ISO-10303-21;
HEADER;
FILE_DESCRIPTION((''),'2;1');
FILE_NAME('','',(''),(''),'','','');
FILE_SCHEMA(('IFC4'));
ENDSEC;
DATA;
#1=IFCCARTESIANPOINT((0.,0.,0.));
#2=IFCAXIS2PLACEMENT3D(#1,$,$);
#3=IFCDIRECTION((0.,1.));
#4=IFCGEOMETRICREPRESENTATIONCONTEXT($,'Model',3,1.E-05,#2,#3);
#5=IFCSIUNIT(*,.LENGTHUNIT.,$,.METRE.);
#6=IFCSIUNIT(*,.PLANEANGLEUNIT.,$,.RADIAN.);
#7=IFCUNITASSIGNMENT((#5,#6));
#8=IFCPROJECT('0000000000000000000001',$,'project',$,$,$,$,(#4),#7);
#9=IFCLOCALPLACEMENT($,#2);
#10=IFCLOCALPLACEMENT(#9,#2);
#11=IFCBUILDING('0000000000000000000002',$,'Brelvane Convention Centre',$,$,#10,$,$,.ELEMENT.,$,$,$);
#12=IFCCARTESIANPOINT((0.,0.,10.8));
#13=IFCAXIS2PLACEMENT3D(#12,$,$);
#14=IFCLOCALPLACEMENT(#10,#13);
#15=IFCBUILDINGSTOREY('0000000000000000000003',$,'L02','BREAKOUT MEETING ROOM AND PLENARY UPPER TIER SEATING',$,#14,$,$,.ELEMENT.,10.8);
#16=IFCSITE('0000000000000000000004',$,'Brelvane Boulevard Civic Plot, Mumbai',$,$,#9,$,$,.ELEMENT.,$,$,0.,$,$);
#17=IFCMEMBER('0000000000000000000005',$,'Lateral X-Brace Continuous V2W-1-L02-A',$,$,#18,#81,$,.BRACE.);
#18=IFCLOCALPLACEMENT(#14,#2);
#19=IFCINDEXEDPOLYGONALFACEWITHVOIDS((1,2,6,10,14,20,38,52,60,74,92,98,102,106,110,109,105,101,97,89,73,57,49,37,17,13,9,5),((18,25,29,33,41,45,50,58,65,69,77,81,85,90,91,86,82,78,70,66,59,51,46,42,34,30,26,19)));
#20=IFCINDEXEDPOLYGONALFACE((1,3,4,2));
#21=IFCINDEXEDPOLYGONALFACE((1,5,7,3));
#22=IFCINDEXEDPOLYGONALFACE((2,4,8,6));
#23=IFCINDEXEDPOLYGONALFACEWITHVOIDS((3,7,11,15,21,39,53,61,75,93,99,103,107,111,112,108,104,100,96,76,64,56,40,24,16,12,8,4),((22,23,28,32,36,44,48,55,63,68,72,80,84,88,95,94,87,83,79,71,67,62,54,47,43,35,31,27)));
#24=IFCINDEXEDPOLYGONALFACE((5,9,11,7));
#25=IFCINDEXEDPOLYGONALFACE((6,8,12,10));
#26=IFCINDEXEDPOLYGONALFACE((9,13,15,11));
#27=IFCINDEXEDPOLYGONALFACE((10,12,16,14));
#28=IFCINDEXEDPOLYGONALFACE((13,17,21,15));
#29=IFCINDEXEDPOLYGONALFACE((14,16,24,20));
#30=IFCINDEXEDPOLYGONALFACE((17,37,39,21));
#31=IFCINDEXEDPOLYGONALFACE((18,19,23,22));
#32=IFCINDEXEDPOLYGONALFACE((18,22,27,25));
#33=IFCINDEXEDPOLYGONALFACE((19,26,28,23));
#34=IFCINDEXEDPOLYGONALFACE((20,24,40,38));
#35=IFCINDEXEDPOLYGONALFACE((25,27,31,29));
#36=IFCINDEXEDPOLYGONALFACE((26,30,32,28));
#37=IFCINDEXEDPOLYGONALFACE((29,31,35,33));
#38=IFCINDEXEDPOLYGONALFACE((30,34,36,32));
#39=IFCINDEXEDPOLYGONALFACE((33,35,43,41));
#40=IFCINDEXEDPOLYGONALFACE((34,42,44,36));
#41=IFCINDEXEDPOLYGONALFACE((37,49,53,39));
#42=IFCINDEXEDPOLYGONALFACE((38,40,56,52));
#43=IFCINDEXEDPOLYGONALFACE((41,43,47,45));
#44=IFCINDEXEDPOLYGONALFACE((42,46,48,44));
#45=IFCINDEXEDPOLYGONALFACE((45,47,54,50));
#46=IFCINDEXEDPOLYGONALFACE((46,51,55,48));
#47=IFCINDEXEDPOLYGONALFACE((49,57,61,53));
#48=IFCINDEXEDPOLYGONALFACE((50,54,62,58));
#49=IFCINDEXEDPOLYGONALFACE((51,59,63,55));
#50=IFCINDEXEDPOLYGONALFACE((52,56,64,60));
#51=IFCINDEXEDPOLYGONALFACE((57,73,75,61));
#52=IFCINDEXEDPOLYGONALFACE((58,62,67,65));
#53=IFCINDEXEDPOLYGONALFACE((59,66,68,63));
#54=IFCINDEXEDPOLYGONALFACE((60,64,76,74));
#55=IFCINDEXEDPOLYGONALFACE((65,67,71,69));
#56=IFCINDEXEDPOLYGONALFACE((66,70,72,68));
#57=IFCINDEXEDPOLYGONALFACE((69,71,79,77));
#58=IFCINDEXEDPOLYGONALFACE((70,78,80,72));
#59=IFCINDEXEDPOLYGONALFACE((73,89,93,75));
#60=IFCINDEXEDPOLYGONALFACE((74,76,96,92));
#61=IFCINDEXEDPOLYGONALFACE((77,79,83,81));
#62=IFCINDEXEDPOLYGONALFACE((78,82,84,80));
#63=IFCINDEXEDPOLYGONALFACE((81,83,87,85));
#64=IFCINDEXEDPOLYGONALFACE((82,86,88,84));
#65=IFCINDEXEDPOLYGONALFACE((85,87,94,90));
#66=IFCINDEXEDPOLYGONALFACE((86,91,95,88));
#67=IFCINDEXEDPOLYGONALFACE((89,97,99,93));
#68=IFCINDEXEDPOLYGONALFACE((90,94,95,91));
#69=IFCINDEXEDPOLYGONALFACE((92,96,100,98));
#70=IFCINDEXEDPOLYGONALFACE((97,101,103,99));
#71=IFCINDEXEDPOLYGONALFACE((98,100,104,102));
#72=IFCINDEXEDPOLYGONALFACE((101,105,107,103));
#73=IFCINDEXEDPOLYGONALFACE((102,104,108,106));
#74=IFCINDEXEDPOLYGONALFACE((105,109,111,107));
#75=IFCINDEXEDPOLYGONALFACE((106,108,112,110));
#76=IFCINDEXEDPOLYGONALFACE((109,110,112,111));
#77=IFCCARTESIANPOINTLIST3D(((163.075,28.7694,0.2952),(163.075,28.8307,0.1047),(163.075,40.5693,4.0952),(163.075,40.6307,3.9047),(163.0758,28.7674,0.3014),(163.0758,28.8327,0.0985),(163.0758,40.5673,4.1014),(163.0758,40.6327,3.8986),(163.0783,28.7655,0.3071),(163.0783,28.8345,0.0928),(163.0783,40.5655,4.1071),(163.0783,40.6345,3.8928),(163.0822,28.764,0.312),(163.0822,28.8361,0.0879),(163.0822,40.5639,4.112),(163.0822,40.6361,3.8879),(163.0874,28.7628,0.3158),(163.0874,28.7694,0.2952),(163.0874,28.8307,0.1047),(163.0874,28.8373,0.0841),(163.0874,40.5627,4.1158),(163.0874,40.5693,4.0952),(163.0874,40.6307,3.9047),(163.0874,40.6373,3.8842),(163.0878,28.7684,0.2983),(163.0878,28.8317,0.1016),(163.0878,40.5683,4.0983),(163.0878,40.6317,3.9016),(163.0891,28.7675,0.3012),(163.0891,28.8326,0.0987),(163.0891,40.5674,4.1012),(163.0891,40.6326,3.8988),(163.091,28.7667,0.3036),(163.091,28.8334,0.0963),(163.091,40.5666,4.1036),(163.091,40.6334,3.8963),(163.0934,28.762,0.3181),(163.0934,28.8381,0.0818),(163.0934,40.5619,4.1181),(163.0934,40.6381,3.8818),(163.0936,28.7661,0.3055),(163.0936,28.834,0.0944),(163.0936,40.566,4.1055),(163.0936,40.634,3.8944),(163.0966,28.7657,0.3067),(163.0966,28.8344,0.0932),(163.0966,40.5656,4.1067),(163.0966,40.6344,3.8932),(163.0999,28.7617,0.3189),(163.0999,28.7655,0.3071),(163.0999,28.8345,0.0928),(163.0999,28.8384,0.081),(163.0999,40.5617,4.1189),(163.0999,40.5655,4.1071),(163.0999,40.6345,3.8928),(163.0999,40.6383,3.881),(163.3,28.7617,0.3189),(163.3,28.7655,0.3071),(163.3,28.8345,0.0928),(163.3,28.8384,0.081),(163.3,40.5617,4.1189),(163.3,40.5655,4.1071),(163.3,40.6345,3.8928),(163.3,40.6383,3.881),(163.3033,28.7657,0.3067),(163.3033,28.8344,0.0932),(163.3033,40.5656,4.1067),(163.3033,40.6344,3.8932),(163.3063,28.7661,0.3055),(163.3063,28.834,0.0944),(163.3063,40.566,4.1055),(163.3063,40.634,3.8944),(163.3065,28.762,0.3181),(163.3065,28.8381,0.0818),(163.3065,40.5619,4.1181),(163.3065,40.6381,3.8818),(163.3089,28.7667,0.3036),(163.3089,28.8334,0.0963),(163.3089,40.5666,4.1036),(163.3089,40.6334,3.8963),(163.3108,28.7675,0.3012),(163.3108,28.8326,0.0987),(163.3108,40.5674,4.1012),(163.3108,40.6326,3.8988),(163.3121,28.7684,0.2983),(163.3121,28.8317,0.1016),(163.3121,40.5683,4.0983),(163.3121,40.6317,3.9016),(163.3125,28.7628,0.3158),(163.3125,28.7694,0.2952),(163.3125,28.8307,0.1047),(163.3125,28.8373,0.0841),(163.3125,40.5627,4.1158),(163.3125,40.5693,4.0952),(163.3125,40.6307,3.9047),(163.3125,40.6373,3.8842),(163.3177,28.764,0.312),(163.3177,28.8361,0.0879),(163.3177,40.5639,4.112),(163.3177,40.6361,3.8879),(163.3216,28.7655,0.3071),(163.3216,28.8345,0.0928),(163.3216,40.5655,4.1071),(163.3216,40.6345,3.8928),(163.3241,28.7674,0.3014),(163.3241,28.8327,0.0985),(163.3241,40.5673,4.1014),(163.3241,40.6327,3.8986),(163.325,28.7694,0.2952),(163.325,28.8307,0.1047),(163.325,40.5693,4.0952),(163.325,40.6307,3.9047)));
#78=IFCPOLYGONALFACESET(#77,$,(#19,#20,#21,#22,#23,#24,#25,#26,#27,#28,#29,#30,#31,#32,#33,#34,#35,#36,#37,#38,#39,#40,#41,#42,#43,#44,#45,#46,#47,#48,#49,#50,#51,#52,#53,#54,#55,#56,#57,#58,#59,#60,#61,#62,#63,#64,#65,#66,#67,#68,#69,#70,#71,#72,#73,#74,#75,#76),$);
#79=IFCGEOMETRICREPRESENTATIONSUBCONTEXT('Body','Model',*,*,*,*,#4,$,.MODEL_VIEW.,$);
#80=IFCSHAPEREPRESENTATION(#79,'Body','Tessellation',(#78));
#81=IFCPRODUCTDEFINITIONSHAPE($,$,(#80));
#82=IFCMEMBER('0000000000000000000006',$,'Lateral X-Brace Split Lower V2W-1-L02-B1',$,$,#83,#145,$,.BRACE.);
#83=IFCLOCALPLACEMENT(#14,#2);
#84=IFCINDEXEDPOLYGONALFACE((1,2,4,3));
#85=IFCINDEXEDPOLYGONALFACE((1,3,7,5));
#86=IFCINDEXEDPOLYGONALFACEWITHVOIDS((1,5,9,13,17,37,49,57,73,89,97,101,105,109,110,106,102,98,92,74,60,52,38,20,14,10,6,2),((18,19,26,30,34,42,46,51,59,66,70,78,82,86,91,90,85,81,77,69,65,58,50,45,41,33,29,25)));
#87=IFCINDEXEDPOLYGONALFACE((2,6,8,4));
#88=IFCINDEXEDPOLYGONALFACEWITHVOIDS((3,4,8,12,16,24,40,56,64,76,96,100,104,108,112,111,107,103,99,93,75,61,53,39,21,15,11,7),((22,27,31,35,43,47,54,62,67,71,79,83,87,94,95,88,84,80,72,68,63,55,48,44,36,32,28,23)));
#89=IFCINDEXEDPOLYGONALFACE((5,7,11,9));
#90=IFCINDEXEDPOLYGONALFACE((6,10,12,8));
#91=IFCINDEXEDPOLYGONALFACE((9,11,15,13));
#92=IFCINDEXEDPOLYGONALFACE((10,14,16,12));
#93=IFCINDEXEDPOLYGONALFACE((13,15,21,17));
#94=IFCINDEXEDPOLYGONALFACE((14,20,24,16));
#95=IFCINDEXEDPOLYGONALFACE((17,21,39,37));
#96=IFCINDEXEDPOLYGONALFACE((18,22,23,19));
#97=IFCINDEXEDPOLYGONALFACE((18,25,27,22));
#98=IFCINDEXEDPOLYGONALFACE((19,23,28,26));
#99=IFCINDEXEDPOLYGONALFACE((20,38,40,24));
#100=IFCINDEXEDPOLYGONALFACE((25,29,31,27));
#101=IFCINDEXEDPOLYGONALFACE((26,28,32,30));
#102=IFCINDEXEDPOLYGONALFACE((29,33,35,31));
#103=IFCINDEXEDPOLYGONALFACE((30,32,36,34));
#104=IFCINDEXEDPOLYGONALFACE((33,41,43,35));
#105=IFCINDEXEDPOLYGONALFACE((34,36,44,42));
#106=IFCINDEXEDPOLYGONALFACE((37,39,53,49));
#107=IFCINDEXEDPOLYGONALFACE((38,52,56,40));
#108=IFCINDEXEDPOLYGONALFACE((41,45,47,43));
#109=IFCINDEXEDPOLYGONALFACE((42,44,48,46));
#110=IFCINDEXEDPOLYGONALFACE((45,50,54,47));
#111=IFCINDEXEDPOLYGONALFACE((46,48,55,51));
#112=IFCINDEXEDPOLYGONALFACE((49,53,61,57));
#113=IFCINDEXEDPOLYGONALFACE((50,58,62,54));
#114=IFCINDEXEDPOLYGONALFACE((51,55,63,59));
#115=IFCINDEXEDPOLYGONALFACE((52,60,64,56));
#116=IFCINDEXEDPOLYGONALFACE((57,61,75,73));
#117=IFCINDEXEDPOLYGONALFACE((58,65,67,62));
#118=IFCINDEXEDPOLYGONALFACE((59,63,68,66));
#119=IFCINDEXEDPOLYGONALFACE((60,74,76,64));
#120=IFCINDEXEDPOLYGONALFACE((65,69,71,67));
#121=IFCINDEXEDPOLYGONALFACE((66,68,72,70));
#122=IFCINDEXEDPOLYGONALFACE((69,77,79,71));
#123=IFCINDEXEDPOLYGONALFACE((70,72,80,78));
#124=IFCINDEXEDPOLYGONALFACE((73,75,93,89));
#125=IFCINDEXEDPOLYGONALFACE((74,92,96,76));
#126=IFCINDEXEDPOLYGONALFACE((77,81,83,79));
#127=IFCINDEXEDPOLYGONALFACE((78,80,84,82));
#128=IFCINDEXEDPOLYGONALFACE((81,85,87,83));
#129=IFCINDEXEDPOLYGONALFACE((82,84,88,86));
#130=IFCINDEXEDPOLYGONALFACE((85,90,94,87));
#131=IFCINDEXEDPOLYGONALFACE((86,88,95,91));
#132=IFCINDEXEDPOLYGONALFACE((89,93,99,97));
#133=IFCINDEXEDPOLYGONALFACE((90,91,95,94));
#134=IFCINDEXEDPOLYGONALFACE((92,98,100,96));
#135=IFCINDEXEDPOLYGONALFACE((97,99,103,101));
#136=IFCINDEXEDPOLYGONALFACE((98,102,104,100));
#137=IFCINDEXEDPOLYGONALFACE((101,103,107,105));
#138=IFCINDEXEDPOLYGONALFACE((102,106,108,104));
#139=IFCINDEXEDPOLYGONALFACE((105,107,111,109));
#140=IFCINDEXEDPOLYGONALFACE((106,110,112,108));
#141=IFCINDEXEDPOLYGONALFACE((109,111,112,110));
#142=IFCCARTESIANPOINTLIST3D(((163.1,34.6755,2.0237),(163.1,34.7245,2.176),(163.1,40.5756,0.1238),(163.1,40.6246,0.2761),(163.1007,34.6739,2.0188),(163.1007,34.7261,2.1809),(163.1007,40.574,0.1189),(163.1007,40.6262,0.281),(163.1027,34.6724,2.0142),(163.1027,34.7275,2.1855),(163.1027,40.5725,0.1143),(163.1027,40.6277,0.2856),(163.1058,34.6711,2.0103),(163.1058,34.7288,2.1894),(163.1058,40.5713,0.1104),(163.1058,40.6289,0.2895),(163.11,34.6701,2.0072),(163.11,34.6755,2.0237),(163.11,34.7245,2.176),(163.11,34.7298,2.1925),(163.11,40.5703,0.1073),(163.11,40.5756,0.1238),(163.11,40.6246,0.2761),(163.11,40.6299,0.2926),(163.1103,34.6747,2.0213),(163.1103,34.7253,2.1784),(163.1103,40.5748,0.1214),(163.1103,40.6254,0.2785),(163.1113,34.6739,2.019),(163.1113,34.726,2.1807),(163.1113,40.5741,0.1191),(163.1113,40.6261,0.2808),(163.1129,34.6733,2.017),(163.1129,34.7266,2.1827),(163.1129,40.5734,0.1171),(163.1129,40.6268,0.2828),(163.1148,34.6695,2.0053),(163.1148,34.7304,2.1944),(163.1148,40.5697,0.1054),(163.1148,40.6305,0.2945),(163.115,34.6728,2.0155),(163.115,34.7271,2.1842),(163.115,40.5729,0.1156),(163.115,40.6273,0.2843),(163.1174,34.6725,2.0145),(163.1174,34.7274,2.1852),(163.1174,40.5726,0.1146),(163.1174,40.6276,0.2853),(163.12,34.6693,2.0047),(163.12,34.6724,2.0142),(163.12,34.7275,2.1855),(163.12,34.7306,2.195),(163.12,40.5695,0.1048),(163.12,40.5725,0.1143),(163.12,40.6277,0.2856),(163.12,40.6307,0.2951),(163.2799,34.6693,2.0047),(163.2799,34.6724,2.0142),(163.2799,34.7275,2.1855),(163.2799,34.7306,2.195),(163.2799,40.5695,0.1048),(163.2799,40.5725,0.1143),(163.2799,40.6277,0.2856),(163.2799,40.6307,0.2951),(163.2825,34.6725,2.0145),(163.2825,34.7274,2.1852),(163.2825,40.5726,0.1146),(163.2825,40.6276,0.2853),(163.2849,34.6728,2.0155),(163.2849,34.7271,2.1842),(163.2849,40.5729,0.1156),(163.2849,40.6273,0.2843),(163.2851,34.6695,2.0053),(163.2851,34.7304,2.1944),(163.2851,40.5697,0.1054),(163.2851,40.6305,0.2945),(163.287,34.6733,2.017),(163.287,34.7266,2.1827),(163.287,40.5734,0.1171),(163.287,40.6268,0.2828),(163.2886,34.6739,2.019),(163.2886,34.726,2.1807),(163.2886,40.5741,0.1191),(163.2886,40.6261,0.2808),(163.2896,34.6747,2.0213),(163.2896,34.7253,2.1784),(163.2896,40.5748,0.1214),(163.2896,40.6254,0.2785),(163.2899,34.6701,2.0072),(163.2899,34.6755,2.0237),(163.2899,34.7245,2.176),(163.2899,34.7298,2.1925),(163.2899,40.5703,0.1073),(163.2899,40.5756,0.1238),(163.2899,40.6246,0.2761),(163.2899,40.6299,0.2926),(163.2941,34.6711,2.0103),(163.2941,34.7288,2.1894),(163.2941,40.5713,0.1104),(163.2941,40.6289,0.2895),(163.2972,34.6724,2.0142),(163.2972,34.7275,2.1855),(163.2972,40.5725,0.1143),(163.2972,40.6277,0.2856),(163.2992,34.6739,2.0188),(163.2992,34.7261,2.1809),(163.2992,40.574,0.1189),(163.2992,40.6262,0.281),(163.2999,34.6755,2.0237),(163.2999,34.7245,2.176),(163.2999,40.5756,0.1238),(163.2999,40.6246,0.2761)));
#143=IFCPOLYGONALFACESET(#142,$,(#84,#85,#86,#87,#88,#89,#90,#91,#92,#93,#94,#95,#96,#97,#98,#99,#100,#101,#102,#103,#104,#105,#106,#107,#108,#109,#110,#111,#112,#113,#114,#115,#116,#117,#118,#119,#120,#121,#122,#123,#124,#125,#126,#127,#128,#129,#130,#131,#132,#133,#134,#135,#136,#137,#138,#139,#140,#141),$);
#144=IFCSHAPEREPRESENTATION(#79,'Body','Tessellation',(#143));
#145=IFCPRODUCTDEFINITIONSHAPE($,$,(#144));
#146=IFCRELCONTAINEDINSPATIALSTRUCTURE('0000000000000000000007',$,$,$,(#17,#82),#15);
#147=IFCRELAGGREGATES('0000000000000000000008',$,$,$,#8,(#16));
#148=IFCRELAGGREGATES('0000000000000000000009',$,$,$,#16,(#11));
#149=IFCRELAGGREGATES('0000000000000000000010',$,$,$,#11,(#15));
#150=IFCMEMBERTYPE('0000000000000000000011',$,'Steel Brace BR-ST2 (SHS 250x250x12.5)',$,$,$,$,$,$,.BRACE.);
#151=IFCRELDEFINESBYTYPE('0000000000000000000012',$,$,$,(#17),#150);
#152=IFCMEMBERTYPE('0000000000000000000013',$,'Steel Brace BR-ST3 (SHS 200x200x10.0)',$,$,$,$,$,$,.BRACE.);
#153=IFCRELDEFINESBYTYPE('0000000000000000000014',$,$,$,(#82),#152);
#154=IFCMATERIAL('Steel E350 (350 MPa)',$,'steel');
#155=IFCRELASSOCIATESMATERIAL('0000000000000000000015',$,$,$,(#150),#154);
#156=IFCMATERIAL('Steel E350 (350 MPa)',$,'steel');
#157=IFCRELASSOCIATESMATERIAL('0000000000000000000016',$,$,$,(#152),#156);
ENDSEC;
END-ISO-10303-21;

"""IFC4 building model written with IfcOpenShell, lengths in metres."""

from ifc_helpers import new_model, si_unit, direction, frame, origin, origin_2d, place, context, subcontext, project, spatial, hollow_rectangle, extrude, material, material_profile, profile_set, type_object, element, save


model = new_model("IFC4")

# Units and contexts
model_context = context("Model", 3, precision=1e-05, world=origin(), true_north=direction((0.0, 1.0)))
body_context = subcontext(model_context, "Body", "Model", "MODEL_VIEW")
ifc_project = project(units=[si_unit("LENGTHUNIT", "METRE"), si_unit("PLANEANGLEUNIT", "RADIAN")], contexts=[model_context])

# Site, building, storey
site_placement = place(None, origin())
site = spatial("IfcSite", under=ifc_project, at=site_placement, Name="Brelvane Boulevard Civic Plot, Mumbai", CompositionType="ELEMENT", RefElevation=0.0)
building_placement = place(site_placement, origin())
building = spatial("IfcBuilding", under=site, at=building_placement, Name="Brelvane Convention Centre", CompositionType="ELEMENT")
storey_placement = place(building_placement, frame((0.0, 0.0, 10.8)))
storey = spatial("IfcBuildingStorey", under=building, at=storey_placement, Name="L02", Description="BREAKOUT MEETING ROOM AND PLENARY UPPER TIER SEATING", CompositionType="ELEMENT", Elevation=10.8)

# Members
ifc_material_1 = material(Name="Steel E350 (350 MPa)", Category="steel")
ifc_material_profile_1 = material_profile(ifc_material_1, hollow_rectangle(XDim=0.25, YDim=0.25, WallThickness=0.0125, InnerFilletRadius=0.0125, OuterFilletRadius=0.0249, at=origin_2d()), Name="SHS 250x250x12.5")
ifc_profile_set_1 = profile_set([ifc_material_profile_1], Name="Steel E350 (350 MPa)")
member_type_1 = type_object("IfcMemberType", Name="Steel Brace BR-ST2 (SHS 250x250x12.5)", PredefinedType="BRACE", material=ifc_profile_set_1)
member_1_placement = place(storey_placement, frame((163.2, 28.8, 0.2), z_axis=(0.0, 0.95186, 0.306534), x_axis=(-1.0, 0.0, 0.0)))
element("IfcMember", 1, at=member_1_placement, inside=storey, type_object=member_type_1, Name="Lateral X-Brace Continuous V2W-1-L02-A", PredefinedType="BRACE", context=body_context, shape_type="SweptSolid", body=[
    extrude(hollow_rectangle(XDim=0.25, YDim=0.25, WallThickness=0.0125, InnerFilletRadius=0.0125, OuterFilletRadius=0.0249, at=origin_2d()), origin(), (0.0, 0.0, 1.0), 12.3967),
])
ifc_material_2 = material(Name="Steel E350 (350 MPa)", Category="steel")
ifc_material_profile_2 = material_profile(ifc_material_2, hollow_rectangle(XDim=0.2, YDim=0.2, WallThickness=0.01, InnerFilletRadius=0.01, OuterFilletRadius=0.02, at=origin_2d()), Name="SHS 200x200x10.0")
ifc_profile_set_2 = profile_set([ifc_material_profile_2], Name="Steel E350 (350 MPa)")
member_type_2 = type_object("IfcMemberType", Name="Steel Brace BR-ST3 (SHS 200x200x10.0)", PredefinedType="BRACE", material=ifc_profile_set_2)
member_2_placement = place(storey_placement, frame((163.2, 40.6001, 0.2), z_axis=(0.0, -0.951867, 0.30651), x_axis=(1.0, 0.0, 0.0)))
element("IfcMember", 2, at=member_2_placement, inside=storey, type_object=member_type_2, Name="Lateral X-Brace Split Lower V2W-1-L02-B1", PredefinedType="BRACE", context=body_context, shape_type="SweptSolid", body=[
    extrude(hollow_rectangle(XDim=0.2, YDim=0.2, WallThickness=0.01, InnerFilletRadius=0.01, OuterFilletRadius=0.02, at=origin_2d()), origin(), (0.0, 0.0, 1.0), 6.1985),
])

save(model, "model.ifc")
